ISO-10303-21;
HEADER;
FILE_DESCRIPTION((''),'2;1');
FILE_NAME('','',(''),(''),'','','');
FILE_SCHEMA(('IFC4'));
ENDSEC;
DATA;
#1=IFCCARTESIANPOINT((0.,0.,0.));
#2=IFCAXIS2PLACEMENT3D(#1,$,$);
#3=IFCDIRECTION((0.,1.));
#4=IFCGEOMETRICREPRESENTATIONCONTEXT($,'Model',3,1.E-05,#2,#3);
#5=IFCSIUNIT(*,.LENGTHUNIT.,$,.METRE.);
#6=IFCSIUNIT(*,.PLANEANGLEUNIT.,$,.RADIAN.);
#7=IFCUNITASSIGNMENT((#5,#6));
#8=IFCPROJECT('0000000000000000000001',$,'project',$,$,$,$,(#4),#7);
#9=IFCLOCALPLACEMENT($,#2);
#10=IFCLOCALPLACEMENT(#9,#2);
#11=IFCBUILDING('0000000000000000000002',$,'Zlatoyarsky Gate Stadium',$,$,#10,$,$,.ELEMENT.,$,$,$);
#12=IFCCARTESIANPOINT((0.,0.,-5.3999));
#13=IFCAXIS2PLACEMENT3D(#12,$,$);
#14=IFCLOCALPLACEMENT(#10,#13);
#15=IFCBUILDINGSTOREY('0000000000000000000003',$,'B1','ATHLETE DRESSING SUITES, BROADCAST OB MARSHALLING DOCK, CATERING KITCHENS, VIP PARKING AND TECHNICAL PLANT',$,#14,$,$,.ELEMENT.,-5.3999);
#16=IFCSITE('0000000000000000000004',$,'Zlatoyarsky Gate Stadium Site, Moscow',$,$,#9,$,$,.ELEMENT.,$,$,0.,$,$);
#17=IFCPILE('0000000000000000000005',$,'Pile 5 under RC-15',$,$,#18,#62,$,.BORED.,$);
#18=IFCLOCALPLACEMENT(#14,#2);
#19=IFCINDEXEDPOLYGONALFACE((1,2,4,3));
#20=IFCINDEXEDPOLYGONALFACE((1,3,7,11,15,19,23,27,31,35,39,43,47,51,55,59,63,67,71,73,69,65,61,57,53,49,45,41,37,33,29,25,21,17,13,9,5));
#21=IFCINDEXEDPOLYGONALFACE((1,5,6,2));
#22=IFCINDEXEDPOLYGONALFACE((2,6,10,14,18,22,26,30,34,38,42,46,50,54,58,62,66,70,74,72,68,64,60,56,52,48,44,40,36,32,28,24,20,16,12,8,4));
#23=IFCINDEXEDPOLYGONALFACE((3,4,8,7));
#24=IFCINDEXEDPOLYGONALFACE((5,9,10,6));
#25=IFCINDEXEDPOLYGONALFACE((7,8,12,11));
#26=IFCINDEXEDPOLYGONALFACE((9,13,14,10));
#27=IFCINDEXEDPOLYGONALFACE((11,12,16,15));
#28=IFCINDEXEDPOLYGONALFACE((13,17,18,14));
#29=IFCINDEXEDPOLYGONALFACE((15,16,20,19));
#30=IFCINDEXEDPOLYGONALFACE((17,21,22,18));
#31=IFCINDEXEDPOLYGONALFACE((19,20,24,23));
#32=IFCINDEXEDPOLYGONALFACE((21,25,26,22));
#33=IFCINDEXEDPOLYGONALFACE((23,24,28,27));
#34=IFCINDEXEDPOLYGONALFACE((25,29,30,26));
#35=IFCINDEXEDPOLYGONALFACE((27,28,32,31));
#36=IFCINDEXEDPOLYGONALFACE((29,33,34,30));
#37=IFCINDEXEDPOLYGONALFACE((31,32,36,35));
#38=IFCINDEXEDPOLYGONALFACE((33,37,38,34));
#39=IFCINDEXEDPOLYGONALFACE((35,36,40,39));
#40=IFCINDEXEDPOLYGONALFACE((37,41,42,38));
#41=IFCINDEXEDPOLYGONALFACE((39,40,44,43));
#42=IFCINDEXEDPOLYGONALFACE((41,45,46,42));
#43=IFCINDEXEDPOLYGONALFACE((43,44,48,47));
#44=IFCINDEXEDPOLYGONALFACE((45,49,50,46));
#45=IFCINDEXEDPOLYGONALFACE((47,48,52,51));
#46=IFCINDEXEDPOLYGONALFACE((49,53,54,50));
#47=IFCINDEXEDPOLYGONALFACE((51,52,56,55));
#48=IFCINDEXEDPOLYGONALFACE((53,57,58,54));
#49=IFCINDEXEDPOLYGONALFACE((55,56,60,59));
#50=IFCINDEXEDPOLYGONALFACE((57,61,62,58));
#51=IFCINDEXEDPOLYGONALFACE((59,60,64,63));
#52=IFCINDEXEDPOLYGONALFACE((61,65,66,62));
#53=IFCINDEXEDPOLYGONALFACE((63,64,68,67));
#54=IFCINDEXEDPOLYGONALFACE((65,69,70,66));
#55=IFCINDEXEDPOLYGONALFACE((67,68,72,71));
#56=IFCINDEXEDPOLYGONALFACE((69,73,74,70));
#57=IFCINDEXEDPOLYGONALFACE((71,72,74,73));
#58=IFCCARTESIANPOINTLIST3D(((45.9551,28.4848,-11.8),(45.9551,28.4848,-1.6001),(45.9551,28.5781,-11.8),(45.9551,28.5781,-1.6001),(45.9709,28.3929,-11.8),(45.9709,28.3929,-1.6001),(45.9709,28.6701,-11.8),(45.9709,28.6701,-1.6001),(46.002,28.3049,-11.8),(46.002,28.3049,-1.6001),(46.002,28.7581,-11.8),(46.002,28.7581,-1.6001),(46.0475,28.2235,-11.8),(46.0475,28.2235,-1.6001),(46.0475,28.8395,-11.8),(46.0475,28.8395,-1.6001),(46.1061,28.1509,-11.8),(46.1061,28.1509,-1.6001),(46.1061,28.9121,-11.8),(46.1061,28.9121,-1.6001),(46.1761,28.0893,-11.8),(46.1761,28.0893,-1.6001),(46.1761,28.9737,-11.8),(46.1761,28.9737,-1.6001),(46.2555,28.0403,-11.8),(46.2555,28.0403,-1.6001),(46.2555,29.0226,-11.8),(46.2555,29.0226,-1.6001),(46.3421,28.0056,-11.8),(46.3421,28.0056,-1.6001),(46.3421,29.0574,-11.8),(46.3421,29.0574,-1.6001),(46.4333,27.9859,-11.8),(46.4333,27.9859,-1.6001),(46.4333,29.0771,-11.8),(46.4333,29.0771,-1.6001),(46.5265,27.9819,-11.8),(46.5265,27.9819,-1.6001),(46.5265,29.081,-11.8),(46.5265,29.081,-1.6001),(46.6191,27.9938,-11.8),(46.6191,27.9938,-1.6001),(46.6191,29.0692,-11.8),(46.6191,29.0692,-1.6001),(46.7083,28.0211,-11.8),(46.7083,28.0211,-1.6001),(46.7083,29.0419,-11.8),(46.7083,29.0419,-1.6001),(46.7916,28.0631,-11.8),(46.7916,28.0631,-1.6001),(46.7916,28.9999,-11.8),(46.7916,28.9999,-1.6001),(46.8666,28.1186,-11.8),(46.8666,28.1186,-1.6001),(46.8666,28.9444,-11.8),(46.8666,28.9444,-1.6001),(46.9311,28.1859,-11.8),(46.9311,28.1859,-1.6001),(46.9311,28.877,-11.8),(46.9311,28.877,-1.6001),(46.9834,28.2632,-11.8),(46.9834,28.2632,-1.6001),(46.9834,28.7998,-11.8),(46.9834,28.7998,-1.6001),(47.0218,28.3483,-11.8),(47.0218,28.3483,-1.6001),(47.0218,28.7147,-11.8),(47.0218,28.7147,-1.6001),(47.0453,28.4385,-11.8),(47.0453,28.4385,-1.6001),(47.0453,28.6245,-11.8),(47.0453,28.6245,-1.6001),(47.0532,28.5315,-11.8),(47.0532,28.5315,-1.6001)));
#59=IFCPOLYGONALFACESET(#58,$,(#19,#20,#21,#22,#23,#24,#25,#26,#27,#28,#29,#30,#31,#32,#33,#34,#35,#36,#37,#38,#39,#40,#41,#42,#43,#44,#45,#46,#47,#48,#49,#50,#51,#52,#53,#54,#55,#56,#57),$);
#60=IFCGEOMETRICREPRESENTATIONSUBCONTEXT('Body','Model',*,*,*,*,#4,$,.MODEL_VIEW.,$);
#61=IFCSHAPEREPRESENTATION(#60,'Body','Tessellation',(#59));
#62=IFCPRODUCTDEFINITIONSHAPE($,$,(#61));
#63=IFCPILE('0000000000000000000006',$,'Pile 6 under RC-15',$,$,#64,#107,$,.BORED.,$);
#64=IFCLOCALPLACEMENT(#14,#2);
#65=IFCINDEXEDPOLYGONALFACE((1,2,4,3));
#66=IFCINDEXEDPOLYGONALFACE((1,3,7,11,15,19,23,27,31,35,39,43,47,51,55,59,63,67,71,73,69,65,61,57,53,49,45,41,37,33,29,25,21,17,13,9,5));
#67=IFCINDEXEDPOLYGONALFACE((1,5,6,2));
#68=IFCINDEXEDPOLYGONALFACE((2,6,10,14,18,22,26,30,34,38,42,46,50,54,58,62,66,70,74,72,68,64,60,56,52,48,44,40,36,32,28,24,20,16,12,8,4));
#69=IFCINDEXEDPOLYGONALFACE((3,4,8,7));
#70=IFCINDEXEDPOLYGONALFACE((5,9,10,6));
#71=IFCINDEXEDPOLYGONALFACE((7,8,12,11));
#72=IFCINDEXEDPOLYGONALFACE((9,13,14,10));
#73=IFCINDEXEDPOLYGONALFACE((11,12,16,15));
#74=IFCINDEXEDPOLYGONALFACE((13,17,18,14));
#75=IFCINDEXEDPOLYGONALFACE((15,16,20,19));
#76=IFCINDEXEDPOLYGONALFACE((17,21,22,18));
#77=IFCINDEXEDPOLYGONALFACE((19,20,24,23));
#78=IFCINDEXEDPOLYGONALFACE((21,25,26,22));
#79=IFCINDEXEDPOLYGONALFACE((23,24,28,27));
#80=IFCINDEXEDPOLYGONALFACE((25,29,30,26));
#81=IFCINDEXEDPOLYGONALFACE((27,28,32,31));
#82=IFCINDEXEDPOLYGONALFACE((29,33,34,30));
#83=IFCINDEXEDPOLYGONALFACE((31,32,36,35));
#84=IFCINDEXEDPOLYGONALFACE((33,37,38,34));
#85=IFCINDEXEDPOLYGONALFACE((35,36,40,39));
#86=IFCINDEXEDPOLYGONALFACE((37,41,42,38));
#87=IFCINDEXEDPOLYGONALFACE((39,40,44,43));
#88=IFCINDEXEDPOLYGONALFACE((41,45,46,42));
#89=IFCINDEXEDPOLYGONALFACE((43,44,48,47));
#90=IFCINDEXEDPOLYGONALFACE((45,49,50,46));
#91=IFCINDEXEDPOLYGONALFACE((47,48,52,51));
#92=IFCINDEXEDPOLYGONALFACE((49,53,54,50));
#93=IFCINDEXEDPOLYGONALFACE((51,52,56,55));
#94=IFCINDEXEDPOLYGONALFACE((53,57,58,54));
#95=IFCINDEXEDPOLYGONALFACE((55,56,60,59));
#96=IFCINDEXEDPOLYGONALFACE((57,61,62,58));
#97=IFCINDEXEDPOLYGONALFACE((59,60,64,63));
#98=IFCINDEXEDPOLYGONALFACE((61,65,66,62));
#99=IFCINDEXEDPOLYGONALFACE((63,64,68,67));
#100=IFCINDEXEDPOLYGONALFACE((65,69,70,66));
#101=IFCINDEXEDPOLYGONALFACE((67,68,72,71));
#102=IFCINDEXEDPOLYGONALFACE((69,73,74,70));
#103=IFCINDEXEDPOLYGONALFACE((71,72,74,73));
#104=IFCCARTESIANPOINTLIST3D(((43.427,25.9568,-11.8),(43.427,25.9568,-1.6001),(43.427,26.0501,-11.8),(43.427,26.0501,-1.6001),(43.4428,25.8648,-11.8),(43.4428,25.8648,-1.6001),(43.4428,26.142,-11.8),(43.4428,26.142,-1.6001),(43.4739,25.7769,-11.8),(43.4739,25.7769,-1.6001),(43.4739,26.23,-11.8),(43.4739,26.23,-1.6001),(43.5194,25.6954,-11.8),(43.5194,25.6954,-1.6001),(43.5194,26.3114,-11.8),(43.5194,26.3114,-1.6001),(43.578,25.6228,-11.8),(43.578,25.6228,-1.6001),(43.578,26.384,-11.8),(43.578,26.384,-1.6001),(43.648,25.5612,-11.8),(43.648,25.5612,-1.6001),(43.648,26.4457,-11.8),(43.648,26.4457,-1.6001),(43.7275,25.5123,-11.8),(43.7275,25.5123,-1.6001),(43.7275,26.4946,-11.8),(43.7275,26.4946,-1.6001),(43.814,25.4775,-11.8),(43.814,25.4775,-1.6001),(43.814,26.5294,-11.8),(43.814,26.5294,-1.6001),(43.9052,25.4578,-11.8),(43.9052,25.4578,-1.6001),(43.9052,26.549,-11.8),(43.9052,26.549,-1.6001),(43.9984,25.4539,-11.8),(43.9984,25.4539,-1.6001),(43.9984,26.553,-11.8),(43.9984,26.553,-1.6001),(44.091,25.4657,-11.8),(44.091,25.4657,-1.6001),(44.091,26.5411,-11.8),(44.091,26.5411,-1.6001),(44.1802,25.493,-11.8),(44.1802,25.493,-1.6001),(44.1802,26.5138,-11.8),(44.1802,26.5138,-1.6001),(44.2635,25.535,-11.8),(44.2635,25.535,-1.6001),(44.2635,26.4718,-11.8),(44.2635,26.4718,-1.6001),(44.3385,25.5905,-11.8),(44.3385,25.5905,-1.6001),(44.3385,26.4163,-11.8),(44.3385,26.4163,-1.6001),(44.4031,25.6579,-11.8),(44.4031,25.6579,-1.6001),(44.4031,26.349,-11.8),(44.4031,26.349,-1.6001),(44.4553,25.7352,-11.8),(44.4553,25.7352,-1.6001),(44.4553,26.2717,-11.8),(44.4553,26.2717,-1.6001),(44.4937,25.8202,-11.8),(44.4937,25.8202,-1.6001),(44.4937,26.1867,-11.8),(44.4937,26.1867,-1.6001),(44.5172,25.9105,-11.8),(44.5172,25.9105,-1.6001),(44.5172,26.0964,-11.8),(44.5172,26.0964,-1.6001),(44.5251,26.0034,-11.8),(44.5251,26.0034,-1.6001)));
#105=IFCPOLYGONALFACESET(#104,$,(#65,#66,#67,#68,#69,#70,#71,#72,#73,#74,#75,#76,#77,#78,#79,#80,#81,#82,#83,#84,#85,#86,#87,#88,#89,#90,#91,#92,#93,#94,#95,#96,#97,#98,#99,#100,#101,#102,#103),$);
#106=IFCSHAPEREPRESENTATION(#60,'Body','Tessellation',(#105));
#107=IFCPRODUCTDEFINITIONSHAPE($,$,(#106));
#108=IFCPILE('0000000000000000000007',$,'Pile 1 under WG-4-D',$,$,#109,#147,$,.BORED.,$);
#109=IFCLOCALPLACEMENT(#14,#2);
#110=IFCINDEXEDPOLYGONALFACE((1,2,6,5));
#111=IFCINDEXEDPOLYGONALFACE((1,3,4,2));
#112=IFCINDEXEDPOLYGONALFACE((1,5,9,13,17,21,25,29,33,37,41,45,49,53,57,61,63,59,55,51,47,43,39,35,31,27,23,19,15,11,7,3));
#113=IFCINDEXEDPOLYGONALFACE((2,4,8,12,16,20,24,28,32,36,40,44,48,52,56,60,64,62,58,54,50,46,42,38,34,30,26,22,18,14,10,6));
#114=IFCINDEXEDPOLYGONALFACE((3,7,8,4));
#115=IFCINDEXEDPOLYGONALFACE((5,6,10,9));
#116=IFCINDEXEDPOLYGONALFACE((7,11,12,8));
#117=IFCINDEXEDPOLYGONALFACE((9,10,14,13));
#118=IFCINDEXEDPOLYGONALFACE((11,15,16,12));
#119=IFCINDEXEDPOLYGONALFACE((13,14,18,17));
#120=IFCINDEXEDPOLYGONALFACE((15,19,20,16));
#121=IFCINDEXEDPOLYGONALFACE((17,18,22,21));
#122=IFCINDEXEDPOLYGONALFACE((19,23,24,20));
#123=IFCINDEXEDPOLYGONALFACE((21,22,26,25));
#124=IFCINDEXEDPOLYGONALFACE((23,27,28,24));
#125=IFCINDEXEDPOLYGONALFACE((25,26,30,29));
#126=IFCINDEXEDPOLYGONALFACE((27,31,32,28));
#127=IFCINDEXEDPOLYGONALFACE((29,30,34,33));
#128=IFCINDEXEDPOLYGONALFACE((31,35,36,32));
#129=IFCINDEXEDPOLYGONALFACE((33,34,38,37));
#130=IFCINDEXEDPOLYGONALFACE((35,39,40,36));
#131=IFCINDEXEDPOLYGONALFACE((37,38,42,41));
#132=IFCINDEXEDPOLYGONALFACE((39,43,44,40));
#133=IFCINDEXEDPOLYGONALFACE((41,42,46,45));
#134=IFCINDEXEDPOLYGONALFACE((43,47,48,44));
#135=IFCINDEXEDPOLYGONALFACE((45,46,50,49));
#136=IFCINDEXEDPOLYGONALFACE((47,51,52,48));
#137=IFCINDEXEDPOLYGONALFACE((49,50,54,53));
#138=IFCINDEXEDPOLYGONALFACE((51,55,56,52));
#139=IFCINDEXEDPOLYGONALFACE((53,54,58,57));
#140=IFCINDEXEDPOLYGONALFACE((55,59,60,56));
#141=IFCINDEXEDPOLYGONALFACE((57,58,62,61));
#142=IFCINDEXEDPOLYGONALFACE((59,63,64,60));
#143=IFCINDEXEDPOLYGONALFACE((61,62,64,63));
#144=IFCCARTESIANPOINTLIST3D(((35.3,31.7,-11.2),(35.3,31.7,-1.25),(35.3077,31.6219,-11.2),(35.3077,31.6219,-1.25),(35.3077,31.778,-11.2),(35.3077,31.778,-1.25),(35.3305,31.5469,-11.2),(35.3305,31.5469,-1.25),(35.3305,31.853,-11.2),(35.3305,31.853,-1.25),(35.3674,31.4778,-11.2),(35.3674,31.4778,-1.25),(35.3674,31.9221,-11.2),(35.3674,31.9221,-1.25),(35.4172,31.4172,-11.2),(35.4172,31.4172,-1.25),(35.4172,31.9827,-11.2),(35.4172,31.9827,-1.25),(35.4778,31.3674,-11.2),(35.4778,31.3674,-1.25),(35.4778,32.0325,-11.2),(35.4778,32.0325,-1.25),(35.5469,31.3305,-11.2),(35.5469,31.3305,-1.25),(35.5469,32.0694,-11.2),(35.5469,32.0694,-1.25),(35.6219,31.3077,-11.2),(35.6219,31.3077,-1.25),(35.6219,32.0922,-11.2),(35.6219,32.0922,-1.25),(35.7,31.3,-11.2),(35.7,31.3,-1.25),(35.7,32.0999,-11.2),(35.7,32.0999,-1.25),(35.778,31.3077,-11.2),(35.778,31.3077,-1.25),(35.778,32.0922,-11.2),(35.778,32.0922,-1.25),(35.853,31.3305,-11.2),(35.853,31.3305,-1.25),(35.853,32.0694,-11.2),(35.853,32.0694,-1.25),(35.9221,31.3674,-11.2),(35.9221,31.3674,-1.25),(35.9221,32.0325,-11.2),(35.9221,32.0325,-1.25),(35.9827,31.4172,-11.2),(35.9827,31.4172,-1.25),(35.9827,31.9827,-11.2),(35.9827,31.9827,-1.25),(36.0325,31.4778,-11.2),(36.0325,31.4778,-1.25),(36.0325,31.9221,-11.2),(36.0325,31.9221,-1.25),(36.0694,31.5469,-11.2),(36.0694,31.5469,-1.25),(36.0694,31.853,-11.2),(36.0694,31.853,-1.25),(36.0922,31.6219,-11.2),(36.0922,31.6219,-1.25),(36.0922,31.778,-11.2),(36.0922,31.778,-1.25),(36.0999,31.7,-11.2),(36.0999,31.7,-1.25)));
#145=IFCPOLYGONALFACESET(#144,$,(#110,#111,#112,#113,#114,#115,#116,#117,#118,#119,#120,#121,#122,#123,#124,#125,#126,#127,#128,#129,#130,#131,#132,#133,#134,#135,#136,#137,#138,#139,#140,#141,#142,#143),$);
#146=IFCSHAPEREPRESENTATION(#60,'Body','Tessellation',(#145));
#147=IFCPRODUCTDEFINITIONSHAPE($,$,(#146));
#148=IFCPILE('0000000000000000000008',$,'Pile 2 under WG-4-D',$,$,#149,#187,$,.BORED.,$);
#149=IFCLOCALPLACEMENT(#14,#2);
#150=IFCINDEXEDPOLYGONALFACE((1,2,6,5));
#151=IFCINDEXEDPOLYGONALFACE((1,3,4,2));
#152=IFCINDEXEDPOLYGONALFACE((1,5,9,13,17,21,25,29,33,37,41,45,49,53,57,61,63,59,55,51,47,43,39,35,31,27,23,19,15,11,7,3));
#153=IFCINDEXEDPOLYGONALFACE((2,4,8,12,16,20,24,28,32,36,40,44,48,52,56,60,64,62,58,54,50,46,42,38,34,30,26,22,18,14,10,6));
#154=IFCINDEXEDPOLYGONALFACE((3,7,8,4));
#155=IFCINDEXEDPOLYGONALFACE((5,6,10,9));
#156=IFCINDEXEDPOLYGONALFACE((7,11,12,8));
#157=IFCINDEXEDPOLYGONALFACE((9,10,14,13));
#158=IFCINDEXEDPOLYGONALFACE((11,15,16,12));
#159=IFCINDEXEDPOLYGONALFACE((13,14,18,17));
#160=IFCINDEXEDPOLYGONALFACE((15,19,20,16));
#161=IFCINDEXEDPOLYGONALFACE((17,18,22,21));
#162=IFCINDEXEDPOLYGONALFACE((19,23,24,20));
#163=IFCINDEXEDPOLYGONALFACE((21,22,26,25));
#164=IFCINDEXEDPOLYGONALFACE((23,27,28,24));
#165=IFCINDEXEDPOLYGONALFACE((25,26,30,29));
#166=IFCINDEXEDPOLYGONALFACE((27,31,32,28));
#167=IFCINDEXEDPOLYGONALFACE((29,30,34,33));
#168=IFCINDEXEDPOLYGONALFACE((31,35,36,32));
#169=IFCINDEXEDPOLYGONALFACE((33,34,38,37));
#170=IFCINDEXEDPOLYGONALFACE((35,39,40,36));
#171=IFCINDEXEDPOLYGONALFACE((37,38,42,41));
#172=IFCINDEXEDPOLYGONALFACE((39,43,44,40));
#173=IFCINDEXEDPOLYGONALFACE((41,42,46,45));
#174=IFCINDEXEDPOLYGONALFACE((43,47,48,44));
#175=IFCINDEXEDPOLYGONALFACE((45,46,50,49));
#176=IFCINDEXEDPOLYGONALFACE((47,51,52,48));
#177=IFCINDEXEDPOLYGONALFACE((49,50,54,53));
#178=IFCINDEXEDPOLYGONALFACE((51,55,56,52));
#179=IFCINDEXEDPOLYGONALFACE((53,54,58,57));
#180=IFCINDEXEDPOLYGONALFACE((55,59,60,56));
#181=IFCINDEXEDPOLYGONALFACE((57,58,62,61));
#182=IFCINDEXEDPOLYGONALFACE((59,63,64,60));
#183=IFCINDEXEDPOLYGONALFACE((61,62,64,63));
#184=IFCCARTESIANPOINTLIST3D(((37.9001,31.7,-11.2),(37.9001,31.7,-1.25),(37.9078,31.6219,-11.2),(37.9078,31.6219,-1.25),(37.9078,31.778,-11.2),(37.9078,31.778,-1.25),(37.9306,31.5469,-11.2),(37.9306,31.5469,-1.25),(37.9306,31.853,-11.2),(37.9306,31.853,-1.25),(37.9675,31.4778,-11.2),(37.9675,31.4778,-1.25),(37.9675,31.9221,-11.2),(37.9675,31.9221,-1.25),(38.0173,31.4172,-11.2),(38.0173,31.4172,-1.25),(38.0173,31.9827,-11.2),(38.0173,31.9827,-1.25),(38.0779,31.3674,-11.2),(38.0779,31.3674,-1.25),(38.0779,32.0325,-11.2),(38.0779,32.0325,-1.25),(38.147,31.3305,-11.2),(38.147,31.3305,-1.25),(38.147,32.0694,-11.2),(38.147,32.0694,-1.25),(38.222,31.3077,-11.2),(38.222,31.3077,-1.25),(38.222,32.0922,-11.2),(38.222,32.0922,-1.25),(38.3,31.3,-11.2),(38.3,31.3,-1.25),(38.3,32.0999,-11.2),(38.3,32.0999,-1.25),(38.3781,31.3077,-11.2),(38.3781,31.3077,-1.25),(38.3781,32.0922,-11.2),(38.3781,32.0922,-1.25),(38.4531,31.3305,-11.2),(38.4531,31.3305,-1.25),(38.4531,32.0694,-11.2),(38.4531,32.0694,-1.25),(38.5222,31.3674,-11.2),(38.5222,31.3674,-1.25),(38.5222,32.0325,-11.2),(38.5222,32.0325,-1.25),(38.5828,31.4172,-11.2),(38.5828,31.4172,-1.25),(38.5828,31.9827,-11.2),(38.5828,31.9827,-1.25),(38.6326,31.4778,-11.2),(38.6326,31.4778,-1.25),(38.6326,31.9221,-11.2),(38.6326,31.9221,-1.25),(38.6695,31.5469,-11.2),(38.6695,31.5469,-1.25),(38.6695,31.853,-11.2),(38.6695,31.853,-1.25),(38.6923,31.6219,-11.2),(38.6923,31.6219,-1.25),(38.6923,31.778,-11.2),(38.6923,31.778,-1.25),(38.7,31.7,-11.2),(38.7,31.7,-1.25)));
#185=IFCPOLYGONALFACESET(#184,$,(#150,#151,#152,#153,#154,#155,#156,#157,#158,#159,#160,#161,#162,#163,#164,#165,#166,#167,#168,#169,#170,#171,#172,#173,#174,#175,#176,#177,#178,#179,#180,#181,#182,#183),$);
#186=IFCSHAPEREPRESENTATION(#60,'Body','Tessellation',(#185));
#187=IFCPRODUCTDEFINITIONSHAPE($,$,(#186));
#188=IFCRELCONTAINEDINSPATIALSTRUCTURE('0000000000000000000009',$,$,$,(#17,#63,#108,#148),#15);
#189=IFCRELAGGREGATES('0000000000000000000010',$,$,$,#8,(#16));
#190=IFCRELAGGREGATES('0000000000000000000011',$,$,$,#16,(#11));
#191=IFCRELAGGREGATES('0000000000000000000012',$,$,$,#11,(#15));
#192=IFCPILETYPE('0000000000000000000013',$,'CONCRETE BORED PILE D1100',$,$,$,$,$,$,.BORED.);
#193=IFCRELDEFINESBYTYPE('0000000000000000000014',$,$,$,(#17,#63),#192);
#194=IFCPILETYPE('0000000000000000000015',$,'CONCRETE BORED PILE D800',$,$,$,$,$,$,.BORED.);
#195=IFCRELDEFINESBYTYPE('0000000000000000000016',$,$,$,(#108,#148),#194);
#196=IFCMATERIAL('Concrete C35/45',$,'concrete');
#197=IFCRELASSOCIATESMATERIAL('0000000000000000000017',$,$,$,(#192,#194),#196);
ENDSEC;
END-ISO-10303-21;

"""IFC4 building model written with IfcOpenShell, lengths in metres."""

from ifc_helpers import new_model, si_unit, direction, frame, origin, origin_2d, place, context, subcontext, project, spatial, circle, extrude, material, material_profile, profile_set, type_object, element, save


model = new_model("IFC4")

# Units and contexts
model_context = context("Model", 3, precision=1e-05, world=origin(), true_north=direction((0.0, 1.0)))
body_context = subcontext(model_context, "Body", "Model", "MODEL_VIEW")
ifc_project = project(units=[si_unit("LENGTHUNIT", "METRE"), si_unit("PLANEANGLEUNIT", "RADIAN")], contexts=[model_context])

# Site, building, storey
site_placement = place(None, origin())
site = spatial("IfcSite", under=ifc_project, at=site_placement, Name="Zlatoyarsky Gate Stadium Site, Moscow", CompositionType="ELEMENT", RefElevation=0.0)
building_placement = place(site_placement, origin())
building = spatial("IfcBuilding", under=site, at=building_placement, Name="Zlatoyarsky Gate Stadium", CompositionType="ELEMENT")
storey_placement = place(building_placement, frame((0.0, 0.0, -5.3999)))
storey = spatial("IfcBuildingStorey", under=building, at=storey_placement, Name="B1", Description="ATHLETE DRESSING SUITES, BROADCAST OB MARSHALLING DOCK, CATERING KITCHENS, VIP PARKING AND TECHNICAL PLANT", CompositionType="ELEMENT", Elevation=-5.3999)

# Piles
ifc_material_1 = material(Name="Concrete C35/45", Category="concrete")
ifc_material_profile_1 = material_profile(ifc_material_1, circle(Radius=0.55, at=origin_2d()), Name="BORED PILE D1100")
ifc_profile_set_1 = profile_set([ifc_material_profile_1], Name="Concrete C35/45")
pile_type_1 = type_object("IfcPileType", Name="CONCRETE BORED PILE D1100", PredefinedType="BORED", material=ifc_profile_set_1)
for number, where, z_axis, x_axis, name in (
    (1, (46.5032, 28.5315, -1.6001), (0.0, 0.0, -1.0), (1.0, 0.0, 0.0), "Pile 5 under RC-15"),
    (2, (43.9751, 26.0034, -1.6001), (0.0, 0.0, -1.0), (1.0, 0.0, 0.0), "Pile 6 under RC-15"),
):
    element("IfcPile", number, at=place(storey_placement, frame(where, z_axis=z_axis, x_axis=x_axis)), inside=storey, type_object=pile_type_1, Name=name, PredefinedType="BORED", context=body_context, shape_type="SweptSolid", body=[
        extrude(circle(Radius=0.55, at=origin_2d()), origin(), (0.0, 0.0, 1.0), 10.2),
    ])
ifc_material_profile_2 = material_profile(ifc_material_1, circle(Radius=0.3999, at=origin_2d()), Name="BORED PILE D800")
ifc_profile_set_2 = profile_set([ifc_material_profile_2], Name="Concrete C35/45")
pile_type_2 = type_object("IfcPileType", Name="CONCRETE BORED PILE D800", PredefinedType="BORED", material=ifc_profile_set_2)
for number, where, z_axis, x_axis, name in (
    (3, (35.7, 31.7, -1.25), (0.0, 0.0, -1.0), (1.0, 0.0, 0.0), "Pile 1 under WG-4-D"),
    (4, (38.3, 31.7, -1.25), (0.0, 0.0, -1.0), (1.0, 0.0, 0.0), "Pile 2 under WG-4-D"),
):
    element("IfcPile", number, at=place(storey_placement, frame(where, z_axis=z_axis, x_axis=x_axis)), inside=storey, type_object=pile_type_2, Name=name, PredefinedType="BORED", context=body_context, shape_type="SweptSolid", body=[
        extrude(circle(Radius=0.3999, at=origin_2d()), origin(), (0.0, 0.0, 1.0), 9.95),
    ])

save(model, "model.ifc")
